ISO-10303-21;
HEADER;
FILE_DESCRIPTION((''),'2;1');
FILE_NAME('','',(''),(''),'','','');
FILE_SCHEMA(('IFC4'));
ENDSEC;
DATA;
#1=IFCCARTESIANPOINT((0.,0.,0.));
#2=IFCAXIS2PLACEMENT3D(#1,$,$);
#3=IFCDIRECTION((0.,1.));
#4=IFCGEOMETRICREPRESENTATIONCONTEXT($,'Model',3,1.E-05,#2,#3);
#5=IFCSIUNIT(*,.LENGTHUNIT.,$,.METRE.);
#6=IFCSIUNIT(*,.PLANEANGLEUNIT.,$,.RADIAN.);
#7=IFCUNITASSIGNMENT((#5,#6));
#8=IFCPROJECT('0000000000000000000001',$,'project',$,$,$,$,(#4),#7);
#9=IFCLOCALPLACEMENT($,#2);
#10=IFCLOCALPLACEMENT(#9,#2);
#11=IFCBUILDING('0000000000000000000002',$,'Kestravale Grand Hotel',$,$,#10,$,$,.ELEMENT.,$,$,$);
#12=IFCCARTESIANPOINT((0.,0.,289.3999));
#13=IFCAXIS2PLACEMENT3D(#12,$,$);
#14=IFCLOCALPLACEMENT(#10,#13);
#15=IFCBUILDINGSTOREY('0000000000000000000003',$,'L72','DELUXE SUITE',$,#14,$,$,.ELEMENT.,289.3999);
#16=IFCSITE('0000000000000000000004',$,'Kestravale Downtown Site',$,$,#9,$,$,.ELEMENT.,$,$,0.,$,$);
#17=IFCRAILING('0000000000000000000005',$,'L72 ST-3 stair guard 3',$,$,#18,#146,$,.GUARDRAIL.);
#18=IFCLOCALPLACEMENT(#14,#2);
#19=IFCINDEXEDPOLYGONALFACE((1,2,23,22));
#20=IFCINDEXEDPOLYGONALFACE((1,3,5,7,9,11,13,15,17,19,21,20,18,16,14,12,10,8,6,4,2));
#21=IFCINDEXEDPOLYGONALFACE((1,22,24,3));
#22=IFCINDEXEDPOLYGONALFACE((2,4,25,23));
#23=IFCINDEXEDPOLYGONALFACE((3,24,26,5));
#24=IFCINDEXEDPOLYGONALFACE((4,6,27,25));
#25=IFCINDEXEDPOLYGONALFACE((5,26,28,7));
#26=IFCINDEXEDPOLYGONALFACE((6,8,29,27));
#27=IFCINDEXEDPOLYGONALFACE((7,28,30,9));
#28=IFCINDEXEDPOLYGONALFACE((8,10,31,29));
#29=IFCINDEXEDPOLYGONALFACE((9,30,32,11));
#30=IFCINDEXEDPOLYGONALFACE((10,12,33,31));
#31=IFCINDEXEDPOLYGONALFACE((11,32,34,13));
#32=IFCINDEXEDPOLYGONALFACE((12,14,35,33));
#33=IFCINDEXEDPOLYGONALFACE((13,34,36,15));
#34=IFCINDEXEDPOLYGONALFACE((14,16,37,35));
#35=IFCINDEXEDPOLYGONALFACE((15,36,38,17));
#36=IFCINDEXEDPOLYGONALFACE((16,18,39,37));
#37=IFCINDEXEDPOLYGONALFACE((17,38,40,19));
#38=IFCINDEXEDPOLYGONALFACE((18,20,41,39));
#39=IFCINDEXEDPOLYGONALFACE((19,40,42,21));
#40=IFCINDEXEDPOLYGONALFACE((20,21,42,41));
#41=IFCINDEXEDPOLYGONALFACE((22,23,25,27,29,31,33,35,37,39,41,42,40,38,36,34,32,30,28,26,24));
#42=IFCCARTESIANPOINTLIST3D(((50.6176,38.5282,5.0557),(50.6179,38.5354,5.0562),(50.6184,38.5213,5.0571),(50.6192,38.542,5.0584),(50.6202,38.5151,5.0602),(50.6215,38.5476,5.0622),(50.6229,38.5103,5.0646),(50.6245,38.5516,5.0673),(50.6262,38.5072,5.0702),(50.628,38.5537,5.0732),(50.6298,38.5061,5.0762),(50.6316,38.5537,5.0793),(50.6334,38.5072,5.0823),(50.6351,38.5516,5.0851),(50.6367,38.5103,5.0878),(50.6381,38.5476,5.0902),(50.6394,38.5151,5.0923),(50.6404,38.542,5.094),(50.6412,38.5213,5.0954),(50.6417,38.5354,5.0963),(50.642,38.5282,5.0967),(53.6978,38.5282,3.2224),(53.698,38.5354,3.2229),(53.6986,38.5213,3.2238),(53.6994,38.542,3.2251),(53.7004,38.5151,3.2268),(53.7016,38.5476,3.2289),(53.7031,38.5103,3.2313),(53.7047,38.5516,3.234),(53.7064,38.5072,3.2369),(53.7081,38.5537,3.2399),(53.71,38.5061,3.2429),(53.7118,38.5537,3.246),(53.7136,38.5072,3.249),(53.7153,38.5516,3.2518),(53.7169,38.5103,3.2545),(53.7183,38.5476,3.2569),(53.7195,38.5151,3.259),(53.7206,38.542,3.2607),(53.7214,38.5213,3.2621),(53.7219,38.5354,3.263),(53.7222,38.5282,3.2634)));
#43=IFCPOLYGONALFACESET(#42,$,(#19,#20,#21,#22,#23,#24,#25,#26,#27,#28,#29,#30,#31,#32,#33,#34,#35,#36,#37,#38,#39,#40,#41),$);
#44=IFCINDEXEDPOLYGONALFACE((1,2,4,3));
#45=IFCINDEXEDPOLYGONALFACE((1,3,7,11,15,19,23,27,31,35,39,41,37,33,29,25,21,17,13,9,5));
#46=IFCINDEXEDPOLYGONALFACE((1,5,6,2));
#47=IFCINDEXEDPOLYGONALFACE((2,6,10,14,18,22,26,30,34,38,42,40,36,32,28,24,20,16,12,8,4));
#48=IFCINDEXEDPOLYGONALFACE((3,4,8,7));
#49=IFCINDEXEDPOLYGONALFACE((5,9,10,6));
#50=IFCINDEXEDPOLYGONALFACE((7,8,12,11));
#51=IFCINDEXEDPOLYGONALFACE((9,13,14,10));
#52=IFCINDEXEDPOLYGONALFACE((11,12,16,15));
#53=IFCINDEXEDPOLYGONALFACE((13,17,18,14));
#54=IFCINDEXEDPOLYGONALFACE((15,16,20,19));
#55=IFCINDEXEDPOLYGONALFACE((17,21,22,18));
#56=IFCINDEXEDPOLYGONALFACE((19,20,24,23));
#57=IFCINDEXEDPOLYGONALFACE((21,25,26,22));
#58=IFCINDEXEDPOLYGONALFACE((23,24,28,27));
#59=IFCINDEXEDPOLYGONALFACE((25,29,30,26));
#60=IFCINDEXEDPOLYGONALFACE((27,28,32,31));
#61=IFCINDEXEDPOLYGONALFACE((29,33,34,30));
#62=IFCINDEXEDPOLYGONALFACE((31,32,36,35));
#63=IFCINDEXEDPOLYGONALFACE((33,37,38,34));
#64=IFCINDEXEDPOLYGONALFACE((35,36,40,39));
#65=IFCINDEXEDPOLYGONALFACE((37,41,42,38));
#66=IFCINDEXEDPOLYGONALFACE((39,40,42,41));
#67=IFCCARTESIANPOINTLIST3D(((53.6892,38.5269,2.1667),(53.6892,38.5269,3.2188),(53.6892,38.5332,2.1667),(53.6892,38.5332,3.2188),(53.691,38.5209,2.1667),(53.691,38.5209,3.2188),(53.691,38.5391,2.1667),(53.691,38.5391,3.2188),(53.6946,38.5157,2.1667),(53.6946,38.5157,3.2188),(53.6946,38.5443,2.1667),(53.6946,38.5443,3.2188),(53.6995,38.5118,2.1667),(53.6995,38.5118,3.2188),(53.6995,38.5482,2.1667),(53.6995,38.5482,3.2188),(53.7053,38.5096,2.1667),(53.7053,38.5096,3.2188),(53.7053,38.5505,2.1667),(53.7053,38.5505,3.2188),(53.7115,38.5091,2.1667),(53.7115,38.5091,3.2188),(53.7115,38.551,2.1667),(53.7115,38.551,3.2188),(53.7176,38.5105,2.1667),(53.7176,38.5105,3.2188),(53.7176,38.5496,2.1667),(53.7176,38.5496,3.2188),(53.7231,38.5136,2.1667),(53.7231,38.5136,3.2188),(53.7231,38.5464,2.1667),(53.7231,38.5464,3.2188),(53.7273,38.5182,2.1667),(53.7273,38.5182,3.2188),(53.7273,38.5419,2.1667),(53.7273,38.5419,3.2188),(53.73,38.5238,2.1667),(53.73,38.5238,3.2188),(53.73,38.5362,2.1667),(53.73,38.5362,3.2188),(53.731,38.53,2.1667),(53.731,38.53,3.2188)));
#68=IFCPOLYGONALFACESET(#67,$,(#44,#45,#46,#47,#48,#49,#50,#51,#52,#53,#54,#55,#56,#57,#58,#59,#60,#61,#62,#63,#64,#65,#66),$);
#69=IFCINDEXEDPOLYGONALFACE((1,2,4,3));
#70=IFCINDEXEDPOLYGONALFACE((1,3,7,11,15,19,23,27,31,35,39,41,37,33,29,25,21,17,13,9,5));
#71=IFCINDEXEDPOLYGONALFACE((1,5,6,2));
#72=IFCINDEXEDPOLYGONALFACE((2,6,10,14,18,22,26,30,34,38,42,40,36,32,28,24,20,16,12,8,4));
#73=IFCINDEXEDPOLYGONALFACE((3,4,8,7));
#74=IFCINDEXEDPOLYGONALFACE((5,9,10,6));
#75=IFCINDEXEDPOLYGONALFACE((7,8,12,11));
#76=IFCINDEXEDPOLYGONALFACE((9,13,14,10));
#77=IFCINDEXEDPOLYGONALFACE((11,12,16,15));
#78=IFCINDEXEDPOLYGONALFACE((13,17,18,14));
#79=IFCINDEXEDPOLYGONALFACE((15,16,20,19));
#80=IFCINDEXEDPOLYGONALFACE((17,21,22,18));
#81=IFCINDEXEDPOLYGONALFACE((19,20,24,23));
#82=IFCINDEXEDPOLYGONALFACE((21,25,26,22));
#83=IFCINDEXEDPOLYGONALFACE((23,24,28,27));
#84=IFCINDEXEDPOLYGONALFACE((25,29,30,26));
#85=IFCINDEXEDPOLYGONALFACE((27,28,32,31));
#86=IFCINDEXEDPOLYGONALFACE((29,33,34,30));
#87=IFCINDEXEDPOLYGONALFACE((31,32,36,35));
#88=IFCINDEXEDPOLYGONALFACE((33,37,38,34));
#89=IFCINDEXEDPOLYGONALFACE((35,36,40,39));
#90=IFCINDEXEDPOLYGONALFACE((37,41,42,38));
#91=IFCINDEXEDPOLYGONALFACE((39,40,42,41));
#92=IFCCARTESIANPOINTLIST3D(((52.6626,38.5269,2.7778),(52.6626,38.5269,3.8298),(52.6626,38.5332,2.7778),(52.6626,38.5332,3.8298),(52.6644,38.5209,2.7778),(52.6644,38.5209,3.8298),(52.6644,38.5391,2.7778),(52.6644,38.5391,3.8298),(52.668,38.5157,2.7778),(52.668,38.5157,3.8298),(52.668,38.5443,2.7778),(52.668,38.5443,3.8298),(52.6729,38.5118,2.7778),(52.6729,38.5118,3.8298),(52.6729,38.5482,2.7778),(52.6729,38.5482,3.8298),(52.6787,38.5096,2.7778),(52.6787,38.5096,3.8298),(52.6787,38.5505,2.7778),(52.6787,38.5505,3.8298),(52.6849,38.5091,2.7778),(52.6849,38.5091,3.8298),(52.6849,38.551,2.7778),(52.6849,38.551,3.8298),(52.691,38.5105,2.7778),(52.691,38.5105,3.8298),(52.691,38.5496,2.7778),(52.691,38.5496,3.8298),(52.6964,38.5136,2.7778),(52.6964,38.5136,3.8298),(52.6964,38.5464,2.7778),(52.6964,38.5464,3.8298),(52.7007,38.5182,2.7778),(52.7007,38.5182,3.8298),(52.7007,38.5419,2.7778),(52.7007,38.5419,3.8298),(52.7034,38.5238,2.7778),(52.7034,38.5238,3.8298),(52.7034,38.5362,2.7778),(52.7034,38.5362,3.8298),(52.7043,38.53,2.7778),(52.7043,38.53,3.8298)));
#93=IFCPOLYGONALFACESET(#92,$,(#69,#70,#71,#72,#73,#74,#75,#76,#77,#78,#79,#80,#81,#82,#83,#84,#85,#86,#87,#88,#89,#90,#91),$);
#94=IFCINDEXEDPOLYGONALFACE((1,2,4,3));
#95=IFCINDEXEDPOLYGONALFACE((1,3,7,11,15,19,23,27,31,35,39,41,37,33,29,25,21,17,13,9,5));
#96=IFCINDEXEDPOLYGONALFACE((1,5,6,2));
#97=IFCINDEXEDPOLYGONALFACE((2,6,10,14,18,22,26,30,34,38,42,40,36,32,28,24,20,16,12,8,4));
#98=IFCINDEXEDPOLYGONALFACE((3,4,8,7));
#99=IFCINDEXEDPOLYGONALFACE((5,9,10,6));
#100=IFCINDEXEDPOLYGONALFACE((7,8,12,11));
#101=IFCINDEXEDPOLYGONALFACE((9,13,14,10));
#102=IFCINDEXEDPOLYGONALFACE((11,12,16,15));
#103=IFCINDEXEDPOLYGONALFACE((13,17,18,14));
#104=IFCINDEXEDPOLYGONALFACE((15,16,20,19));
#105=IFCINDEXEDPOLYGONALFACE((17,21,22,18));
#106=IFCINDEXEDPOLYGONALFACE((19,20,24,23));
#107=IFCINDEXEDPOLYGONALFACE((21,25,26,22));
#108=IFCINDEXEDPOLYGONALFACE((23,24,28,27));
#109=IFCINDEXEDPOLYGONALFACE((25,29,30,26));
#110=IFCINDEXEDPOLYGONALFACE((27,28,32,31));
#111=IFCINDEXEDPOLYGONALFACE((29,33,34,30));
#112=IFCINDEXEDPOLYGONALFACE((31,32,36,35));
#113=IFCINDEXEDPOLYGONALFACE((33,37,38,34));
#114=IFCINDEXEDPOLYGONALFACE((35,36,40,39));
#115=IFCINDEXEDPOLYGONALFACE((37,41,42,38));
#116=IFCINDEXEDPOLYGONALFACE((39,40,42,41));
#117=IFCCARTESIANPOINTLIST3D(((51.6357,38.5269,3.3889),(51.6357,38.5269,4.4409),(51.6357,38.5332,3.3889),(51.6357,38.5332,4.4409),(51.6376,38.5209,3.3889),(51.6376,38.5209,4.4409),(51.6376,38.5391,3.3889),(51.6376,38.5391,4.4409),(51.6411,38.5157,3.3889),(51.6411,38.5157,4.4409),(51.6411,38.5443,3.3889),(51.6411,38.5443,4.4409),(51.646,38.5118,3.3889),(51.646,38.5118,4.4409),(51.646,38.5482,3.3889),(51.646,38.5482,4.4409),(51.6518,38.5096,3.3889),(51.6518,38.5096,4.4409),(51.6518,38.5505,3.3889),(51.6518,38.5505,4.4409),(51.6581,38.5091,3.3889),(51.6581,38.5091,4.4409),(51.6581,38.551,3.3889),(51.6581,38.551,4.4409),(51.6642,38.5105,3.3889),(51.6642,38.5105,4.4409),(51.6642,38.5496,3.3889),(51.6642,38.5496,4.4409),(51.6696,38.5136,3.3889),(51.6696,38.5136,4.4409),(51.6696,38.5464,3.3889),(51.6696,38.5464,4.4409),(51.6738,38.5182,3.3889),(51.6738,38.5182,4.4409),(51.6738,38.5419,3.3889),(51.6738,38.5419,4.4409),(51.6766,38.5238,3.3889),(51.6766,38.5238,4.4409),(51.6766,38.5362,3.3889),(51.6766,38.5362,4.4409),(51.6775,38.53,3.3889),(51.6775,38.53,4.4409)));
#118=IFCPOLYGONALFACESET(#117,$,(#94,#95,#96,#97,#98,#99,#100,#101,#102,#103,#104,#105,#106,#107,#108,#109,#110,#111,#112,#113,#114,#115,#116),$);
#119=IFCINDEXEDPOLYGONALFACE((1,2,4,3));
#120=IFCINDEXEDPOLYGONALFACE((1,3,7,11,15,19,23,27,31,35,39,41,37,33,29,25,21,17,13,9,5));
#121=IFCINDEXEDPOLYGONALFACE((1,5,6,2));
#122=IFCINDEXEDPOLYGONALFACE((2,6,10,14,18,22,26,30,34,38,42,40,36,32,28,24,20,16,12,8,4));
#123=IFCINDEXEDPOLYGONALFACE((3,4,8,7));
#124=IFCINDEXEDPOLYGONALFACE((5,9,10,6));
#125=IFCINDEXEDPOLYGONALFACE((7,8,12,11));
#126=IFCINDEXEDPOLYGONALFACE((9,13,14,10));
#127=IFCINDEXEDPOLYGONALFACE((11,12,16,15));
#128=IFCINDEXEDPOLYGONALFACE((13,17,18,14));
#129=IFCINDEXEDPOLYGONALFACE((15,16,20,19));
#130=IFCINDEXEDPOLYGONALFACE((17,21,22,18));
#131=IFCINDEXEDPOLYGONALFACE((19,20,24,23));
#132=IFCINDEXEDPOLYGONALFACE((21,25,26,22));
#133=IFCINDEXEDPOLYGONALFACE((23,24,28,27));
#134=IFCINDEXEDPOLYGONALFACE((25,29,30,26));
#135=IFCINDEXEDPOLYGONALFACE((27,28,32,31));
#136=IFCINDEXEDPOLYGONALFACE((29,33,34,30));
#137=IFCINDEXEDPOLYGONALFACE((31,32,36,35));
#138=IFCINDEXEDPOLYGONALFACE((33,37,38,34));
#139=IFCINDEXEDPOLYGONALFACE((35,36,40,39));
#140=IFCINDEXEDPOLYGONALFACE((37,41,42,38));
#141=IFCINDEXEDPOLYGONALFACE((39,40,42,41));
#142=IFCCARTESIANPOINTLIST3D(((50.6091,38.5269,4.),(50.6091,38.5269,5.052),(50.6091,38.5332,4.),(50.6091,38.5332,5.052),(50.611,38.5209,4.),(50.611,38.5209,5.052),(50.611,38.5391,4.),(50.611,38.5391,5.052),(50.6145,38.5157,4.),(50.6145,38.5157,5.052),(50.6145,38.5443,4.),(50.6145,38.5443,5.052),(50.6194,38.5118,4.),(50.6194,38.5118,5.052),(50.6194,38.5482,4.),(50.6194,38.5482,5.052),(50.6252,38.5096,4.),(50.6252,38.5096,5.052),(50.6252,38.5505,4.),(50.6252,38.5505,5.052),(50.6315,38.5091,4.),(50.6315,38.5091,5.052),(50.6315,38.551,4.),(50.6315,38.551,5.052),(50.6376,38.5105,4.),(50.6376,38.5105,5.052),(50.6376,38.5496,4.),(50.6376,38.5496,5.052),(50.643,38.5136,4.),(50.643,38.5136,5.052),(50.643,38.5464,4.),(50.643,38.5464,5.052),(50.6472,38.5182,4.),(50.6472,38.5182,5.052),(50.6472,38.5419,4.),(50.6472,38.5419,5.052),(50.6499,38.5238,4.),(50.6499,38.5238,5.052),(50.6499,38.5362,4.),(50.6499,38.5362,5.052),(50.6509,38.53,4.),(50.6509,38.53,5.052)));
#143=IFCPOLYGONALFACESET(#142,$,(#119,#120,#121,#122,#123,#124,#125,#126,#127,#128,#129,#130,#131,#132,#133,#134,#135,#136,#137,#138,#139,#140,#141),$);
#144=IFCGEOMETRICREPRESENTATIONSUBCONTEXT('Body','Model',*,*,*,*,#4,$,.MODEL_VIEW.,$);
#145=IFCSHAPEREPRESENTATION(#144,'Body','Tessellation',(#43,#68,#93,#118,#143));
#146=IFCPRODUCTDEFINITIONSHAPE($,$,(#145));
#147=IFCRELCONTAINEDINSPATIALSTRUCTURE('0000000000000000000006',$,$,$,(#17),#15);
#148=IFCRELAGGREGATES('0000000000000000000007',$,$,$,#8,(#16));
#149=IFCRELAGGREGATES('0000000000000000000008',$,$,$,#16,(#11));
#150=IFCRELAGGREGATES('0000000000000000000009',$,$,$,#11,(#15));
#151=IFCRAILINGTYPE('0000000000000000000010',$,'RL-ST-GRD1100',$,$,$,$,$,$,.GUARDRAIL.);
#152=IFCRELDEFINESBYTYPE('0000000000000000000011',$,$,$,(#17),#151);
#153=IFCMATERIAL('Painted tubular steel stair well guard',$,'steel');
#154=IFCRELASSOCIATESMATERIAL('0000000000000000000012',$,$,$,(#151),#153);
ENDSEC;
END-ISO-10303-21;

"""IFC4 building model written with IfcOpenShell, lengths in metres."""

from ifc_helpers import new_model, si_unit, direction, frame, origin, origin_2d, place, context, subcontext, project, spatial, circle, extrude, material, type_object, element, save


model = new_model("IFC4")

# Units and contexts
model_context = context("Model", 3, precision=1e-05, world=origin(), true_north=direction((0.0, 1.0)))
body_context = subcontext(model_context, "Body", "Model", "MODEL_VIEW")
ifc_project = project(units=[si_unit("LENGTHUNIT", "METRE"), si_unit("PLANEANGLEUNIT", "RADIAN")], contexts=[model_context])

# Site, building, storey
site_placement = place(None, origin())
site = spatial("IfcSite", under=ifc_project, at=site_placement, Name="Kestravale Downtown Site", CompositionType="ELEMENT", RefElevation=0.0)
building_placement = place(site_placement, origin())
building = spatial("IfcBuilding", under=site, at=building_placement, Name="Kestravale Grand Hotel", CompositionType="ELEMENT")
storey_placement = place(building_placement, frame((0.0, 0.0, 289.3999)))
storey = spatial("IfcBuildingStorey", under=building, at=storey_placement, Name="L72", Description="DELUXE SUITE", CompositionType="ELEMENT", Elevation=289.3999)

# Railing
ifc_material_1 = material(Name="Painted tubular steel stair well guard", Category="steel")
railing_type_1 = type_object("IfcRailingType", Name="RL-ST-GRD1100", PredefinedType="GUARDRAIL", material=ifc_material_1)
railing_1_placement = place(storey_placement, frame((53.71, 38.53, 2.1667)))
element("IfcRailing", 1, at=railing_1_placement, inside=storey, type_object=railing_type_1, Name="L72 ST-3 stair guard 3", PredefinedType="GUARDRAIL", context=body_context, shape_type="SweptSolid", body=[
    extrude(circle(Radius=0.0239, at=origin_2d()), frame((0.0, 0.0, 1.0762), z_axis=(-0.859309, 0.0, 0.511458), x_axis=(0.0, -1.0, 0.0)), (0.0, 0.0, 1.0), 3.5845),
    extrude(circle(Radius=0.021, at=origin_2d()), origin(), (0.0, 0.0, 1.0), 1.052),
    extrude(circle(Radius=0.021, at=origin_2d()), frame((-1.0266, 0.0, 0.6111)), (0.0, 0.0, 1.0), 1.052),
    extrude(circle(Radius=0.021, at=origin_2d()), frame((-2.0535, 0.0, 1.2222)), (0.0, 0.0, 1.0), 1.052),
    extrude(circle(Radius=0.021, at=origin_2d()), frame((-3.0801, 0.0, 1.8333)), (0.0, 0.0, 1.0), 1.052),
])

save(model, "model.ifc")
